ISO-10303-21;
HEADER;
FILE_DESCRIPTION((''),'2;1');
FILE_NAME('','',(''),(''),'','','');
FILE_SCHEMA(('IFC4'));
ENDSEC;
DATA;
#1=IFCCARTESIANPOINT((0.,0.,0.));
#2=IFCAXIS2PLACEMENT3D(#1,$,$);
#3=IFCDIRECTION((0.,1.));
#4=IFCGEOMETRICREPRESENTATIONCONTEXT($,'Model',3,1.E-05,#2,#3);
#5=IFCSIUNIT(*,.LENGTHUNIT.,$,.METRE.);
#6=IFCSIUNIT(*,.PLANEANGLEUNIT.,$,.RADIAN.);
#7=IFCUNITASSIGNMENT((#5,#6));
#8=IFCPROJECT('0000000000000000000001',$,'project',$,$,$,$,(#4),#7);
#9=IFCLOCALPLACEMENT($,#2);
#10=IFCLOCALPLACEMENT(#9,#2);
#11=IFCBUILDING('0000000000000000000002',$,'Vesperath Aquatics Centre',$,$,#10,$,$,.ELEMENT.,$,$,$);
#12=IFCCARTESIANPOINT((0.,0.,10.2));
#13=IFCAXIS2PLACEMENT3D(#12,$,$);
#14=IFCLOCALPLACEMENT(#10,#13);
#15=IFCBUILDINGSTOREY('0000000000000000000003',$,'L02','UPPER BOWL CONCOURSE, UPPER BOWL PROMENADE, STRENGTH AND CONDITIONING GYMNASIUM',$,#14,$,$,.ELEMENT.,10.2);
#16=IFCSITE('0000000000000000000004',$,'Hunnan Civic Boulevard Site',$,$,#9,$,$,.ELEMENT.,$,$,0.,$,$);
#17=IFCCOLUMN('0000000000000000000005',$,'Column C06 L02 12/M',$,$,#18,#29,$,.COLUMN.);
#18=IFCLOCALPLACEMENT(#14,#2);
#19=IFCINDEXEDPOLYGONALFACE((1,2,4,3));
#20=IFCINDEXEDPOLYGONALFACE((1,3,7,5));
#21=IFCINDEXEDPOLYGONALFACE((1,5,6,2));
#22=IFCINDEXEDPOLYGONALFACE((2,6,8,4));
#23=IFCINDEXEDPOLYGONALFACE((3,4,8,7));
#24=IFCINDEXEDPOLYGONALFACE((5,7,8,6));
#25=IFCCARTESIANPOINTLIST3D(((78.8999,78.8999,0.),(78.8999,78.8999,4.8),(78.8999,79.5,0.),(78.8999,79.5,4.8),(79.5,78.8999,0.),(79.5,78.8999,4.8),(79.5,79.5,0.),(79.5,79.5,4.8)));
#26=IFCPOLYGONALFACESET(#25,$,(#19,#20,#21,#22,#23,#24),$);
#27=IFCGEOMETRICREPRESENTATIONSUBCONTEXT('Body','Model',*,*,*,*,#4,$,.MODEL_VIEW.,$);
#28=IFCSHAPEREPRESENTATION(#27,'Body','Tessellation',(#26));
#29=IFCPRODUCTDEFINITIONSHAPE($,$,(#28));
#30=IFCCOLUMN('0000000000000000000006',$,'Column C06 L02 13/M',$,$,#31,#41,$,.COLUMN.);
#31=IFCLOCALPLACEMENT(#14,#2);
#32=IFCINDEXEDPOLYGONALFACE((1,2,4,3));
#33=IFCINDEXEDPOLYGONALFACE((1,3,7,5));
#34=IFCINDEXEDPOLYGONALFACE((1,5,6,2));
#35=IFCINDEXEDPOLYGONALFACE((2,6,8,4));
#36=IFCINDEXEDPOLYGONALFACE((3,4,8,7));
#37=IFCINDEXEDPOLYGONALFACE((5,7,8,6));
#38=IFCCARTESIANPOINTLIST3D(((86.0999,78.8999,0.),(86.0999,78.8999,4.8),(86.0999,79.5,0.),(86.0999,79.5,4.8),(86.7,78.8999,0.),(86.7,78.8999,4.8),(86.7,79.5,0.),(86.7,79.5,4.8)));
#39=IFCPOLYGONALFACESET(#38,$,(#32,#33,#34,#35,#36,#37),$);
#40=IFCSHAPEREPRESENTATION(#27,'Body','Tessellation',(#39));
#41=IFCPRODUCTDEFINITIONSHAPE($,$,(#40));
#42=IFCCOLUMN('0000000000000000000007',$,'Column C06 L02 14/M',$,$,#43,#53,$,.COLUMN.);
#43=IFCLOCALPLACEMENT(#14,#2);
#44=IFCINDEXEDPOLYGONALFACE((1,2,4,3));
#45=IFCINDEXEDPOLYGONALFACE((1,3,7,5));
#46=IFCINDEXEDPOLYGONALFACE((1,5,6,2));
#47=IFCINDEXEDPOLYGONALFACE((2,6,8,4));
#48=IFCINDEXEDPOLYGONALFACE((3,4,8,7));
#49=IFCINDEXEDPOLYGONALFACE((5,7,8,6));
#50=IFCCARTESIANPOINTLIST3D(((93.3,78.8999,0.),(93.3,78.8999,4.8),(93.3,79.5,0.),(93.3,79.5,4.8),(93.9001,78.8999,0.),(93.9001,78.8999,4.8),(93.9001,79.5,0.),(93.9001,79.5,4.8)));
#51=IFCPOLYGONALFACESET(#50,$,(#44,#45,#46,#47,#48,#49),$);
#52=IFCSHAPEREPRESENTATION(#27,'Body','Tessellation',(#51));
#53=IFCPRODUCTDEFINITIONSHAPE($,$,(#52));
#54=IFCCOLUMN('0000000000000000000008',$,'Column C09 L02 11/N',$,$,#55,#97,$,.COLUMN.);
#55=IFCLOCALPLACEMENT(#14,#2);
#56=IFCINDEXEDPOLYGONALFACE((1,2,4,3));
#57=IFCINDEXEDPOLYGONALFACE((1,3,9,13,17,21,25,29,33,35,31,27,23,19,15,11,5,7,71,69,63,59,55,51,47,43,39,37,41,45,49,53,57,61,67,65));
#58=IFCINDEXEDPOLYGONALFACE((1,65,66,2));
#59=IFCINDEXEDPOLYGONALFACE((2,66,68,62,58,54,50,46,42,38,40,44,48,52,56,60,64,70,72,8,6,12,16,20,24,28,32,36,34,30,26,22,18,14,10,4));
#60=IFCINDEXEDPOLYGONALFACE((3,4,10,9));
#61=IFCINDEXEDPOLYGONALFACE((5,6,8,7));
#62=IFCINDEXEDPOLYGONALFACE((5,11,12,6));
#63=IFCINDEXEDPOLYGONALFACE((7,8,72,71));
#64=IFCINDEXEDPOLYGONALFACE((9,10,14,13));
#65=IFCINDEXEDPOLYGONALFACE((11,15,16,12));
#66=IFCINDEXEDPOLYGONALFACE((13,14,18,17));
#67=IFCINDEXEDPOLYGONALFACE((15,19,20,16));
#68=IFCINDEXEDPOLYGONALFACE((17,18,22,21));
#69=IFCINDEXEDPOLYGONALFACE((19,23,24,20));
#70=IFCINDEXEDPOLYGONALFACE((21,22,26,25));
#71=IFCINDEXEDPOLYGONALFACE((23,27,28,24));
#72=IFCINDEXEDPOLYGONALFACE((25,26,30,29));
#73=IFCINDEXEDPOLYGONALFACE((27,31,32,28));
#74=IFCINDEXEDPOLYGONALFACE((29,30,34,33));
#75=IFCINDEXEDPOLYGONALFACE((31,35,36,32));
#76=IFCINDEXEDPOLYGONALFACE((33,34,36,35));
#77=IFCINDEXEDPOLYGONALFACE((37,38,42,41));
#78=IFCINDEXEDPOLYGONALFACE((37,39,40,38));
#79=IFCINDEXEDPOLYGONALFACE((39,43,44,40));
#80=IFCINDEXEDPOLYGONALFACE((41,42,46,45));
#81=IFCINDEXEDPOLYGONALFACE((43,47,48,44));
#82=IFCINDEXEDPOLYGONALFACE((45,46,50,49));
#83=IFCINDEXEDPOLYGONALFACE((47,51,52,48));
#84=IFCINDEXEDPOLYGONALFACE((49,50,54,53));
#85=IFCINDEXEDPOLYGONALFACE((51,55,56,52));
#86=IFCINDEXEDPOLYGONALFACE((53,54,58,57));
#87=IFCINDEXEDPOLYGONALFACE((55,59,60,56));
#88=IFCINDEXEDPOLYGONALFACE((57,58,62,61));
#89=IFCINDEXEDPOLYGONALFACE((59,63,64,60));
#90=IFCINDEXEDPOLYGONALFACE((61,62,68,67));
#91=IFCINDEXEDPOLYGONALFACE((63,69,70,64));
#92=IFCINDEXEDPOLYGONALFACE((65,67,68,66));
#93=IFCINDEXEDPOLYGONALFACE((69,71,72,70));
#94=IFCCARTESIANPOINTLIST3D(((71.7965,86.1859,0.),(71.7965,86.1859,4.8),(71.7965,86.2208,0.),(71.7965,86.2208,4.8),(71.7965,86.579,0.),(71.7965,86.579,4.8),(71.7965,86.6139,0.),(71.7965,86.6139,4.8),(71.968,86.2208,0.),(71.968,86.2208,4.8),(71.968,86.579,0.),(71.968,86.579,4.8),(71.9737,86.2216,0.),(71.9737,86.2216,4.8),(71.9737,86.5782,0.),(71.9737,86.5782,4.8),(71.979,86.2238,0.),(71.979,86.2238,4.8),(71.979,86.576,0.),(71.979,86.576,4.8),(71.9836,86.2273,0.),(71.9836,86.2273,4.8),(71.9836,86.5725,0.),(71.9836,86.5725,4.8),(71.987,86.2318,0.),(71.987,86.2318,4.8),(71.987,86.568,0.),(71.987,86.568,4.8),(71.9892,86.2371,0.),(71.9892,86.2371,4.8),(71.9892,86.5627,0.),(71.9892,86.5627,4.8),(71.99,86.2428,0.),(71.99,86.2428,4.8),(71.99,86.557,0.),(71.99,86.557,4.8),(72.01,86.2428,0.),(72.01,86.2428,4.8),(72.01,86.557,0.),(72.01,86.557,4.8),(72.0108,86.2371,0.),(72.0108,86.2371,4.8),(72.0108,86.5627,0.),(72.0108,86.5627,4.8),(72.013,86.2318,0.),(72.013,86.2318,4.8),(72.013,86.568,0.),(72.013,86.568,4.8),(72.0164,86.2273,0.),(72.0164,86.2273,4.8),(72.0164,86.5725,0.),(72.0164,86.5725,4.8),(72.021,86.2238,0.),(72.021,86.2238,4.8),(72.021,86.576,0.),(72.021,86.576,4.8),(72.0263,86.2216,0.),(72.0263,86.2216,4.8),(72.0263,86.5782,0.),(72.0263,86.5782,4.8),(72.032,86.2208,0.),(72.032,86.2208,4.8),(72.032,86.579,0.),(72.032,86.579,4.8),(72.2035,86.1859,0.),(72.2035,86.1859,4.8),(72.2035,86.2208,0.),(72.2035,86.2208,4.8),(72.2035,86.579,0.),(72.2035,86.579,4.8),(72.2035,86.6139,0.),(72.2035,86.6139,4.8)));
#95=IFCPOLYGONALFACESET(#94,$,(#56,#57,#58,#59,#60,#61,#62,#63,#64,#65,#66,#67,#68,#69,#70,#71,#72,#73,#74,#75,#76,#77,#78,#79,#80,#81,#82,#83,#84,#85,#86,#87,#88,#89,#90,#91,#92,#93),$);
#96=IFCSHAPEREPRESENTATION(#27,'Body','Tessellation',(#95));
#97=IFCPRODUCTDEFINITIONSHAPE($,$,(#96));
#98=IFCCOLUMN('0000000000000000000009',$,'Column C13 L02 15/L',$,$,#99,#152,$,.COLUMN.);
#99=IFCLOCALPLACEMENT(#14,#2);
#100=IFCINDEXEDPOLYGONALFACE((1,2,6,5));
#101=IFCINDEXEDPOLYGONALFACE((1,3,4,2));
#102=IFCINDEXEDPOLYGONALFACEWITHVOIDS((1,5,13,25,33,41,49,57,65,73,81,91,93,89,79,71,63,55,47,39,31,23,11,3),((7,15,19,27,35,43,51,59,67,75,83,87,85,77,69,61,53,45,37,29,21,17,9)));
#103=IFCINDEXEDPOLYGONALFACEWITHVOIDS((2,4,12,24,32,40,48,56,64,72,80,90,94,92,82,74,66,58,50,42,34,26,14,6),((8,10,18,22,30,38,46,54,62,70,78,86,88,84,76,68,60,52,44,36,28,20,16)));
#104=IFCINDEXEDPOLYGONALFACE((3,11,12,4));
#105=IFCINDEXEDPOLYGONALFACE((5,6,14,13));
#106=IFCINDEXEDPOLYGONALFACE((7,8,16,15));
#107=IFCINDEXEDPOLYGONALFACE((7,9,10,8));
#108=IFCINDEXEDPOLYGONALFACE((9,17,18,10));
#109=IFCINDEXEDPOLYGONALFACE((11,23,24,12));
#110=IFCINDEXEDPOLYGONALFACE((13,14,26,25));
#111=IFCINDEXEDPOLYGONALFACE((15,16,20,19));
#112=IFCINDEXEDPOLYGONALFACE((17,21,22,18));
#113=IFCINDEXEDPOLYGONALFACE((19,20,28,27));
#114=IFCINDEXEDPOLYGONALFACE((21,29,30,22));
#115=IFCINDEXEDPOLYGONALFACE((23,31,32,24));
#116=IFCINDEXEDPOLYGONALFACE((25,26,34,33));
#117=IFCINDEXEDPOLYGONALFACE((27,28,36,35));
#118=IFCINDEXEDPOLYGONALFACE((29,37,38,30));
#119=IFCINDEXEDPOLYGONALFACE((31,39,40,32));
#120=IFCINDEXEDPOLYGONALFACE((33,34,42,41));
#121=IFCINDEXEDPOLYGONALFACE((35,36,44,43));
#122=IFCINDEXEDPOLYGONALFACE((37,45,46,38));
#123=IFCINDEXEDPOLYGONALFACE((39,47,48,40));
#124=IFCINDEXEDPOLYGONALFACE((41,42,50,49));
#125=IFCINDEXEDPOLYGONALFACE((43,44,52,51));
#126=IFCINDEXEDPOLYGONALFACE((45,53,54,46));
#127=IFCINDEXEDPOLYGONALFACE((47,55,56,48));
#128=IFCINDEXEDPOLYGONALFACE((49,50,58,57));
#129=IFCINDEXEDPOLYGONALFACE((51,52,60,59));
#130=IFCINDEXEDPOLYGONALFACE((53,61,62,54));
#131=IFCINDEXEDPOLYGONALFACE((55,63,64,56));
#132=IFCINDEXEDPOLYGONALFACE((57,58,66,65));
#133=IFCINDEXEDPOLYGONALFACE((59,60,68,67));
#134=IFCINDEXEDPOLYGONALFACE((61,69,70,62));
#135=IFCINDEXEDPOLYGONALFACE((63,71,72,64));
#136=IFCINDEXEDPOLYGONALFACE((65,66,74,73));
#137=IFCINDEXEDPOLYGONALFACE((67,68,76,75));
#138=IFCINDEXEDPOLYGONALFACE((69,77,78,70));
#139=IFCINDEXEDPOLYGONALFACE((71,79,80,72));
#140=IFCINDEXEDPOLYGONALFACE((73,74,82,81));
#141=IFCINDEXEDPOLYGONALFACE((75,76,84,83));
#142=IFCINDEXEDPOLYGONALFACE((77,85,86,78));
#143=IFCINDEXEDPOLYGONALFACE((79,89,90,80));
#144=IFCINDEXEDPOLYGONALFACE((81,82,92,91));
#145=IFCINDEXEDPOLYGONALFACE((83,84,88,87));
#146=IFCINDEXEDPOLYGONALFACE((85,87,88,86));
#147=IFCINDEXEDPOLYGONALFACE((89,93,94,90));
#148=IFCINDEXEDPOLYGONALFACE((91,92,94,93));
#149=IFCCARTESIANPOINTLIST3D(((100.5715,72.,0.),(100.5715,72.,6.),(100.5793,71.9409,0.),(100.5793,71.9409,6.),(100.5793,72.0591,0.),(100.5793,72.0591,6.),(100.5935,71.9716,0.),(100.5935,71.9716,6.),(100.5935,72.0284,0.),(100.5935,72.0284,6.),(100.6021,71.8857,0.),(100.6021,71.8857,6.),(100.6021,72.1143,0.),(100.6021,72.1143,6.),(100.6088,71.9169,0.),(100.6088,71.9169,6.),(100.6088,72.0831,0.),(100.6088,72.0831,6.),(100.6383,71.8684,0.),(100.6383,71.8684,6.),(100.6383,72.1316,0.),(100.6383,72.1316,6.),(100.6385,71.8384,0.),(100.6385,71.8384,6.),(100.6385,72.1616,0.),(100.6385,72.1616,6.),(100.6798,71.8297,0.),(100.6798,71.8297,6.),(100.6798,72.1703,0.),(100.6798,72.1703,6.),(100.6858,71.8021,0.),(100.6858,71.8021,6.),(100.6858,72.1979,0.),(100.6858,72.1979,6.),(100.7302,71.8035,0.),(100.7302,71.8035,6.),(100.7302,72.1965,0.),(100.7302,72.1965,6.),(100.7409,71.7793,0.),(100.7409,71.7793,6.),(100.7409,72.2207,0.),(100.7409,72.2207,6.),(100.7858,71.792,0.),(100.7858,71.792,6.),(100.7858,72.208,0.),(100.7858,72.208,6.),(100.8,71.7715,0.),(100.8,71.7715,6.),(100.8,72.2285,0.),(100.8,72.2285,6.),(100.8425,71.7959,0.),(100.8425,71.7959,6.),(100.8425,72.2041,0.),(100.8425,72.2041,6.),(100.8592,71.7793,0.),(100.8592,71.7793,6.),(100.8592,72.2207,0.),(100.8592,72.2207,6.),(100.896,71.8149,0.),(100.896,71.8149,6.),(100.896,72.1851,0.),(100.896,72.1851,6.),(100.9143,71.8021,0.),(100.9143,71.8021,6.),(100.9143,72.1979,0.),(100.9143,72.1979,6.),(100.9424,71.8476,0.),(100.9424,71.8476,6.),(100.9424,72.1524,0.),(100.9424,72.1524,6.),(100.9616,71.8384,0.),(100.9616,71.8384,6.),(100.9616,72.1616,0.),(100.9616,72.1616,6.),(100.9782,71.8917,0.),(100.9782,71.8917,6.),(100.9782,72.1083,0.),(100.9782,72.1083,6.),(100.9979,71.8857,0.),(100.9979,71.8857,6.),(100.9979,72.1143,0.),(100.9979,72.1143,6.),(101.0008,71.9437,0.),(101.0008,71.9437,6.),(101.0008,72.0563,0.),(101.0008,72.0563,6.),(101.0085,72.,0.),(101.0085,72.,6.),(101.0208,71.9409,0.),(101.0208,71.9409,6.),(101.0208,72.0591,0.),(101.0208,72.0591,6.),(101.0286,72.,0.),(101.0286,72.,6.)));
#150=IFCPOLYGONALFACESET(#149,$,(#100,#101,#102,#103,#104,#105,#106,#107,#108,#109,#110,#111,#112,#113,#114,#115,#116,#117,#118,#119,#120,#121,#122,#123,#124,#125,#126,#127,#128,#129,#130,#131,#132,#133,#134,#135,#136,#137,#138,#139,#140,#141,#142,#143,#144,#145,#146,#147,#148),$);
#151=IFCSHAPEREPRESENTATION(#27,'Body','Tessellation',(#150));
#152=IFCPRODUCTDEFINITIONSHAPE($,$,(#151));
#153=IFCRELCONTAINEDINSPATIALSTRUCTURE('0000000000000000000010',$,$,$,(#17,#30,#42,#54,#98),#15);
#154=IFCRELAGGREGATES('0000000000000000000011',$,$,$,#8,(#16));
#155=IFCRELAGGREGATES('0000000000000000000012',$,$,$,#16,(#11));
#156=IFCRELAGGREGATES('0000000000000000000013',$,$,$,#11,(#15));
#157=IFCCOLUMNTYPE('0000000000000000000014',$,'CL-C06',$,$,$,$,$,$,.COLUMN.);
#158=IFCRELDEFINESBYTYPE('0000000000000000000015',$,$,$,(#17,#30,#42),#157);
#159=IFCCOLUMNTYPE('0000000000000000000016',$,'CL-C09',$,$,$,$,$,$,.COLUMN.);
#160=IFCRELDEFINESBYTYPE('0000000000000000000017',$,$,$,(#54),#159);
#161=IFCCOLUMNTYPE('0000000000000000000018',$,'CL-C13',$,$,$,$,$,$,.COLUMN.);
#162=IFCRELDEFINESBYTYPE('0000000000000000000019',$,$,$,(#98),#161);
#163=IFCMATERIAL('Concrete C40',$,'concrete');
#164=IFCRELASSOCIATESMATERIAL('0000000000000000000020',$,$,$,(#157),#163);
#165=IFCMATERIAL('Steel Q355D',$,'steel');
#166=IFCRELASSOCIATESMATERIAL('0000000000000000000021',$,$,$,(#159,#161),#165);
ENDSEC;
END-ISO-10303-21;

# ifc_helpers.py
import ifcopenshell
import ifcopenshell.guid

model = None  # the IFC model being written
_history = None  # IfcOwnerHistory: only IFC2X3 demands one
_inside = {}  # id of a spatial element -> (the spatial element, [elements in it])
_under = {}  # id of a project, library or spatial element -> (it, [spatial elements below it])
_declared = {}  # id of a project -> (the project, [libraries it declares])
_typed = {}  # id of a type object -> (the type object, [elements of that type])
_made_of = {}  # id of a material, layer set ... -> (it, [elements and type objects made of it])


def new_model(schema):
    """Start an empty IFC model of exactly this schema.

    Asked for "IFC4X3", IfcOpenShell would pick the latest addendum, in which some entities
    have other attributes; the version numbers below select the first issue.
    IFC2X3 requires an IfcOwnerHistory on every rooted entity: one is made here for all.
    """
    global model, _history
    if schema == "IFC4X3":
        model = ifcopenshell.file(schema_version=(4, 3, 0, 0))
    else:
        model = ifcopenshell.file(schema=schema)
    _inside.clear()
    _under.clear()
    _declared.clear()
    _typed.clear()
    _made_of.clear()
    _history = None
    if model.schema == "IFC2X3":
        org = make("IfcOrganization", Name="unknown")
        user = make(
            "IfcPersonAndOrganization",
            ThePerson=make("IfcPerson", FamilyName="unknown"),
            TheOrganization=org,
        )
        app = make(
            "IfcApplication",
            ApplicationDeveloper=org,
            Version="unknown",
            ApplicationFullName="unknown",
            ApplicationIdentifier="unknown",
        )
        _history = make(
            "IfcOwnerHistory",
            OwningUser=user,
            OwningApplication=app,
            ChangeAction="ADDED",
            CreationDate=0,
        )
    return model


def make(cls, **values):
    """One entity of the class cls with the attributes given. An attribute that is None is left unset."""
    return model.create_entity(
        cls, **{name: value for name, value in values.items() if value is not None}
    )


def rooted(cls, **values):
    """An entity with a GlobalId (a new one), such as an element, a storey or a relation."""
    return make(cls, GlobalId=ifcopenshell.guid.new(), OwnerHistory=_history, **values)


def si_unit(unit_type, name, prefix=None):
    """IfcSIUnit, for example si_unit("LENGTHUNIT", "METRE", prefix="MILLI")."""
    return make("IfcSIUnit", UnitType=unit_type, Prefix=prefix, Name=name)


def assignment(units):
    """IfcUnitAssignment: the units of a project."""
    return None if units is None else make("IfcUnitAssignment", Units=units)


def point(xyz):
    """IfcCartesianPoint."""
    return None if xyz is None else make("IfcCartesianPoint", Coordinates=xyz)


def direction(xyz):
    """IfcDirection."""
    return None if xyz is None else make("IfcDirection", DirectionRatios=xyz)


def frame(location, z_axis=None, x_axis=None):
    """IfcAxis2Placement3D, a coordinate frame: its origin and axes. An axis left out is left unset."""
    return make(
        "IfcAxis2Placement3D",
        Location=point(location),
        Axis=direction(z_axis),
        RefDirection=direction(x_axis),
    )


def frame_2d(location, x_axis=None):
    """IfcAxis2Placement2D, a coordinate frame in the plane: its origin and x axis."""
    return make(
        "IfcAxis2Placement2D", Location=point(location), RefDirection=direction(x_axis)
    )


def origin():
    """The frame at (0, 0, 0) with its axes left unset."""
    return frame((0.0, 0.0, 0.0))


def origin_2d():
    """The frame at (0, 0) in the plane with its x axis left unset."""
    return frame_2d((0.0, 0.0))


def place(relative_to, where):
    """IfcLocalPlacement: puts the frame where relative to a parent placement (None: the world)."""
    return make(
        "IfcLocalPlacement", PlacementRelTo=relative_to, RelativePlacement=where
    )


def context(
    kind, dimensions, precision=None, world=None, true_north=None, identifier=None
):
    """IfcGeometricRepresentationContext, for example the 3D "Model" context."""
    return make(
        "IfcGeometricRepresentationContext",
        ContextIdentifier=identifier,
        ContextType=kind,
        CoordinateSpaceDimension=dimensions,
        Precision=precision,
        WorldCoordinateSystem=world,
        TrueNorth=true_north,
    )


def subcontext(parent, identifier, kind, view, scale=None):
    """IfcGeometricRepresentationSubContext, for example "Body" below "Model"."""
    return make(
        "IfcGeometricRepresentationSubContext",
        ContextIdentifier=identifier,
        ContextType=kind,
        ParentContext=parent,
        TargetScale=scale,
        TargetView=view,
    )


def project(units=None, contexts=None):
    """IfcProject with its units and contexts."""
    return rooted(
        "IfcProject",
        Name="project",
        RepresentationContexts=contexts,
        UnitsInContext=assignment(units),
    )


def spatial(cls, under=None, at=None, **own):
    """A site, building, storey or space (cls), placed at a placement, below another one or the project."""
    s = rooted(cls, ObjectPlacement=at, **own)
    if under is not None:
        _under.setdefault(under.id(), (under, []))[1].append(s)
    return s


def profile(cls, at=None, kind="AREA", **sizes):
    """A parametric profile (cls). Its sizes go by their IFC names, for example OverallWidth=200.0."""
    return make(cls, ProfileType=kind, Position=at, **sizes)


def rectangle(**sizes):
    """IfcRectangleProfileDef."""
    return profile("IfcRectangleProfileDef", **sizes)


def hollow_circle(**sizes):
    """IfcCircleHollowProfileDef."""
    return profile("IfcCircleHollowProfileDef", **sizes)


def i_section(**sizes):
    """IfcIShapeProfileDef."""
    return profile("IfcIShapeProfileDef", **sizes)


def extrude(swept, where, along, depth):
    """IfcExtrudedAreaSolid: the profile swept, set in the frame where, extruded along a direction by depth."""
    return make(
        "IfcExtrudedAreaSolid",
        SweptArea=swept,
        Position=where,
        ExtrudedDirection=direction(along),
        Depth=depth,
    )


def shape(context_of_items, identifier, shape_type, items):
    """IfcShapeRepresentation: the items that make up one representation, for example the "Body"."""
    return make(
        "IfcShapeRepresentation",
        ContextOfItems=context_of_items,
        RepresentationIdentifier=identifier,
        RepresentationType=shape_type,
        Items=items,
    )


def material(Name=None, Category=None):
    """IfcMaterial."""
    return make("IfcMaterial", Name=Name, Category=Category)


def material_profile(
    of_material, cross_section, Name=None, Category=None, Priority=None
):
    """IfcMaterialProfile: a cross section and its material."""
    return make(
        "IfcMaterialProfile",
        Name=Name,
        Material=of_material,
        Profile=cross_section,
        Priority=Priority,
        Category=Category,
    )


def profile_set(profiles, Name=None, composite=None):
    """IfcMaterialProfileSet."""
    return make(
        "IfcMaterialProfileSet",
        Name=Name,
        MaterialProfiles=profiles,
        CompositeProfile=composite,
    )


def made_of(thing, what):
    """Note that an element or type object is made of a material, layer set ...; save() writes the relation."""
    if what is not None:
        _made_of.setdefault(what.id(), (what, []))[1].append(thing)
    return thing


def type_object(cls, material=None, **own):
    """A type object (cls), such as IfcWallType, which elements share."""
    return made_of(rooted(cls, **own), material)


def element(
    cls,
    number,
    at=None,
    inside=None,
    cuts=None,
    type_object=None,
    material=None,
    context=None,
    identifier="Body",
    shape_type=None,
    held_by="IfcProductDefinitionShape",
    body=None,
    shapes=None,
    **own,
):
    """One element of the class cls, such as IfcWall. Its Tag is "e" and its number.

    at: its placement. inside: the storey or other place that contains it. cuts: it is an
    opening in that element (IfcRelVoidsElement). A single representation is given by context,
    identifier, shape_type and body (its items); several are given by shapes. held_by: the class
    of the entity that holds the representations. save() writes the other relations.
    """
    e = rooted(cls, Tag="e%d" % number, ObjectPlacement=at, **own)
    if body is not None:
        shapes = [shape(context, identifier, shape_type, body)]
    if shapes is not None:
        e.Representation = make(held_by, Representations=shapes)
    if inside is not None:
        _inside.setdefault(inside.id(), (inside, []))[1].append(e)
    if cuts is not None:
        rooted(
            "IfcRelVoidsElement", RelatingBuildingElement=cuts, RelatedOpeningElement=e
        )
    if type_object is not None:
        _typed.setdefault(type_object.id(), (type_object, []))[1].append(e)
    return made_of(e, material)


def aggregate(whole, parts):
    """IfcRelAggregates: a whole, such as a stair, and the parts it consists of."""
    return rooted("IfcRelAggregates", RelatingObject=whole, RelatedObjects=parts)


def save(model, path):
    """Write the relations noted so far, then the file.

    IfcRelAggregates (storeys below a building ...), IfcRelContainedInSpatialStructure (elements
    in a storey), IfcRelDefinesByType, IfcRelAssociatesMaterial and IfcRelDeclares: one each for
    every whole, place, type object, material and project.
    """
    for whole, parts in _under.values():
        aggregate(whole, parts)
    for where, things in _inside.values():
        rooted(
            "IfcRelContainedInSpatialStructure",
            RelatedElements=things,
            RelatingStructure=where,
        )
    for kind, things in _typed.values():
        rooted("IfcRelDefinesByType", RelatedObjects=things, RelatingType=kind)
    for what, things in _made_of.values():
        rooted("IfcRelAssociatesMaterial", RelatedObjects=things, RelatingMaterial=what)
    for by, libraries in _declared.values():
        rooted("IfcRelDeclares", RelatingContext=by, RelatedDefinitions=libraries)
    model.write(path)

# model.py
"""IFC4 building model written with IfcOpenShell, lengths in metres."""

from ifc_helpers import new_model, si_unit, direction, frame, origin, origin_2d, place, context, subcontext, project, spatial, rectangle, hollow_circle, i_section, extrude, material, material_profile, profile_set, type_object, element, save


model = new_model("IFC4")

# Units and contexts
model_context = context("Model", 3, precision=1e-05, world=origin(), true_north=direction((0.0, 1.0)))
body_context = subcontext(model_context, "Body", "Model", "MODEL_VIEW")
ifc_project = project(units=[si_unit("LENGTHUNIT", "METRE"), si_unit("PLANEANGLEUNIT", "RADIAN")], contexts=[model_context])

# Site, building, storey
site_placement = place(None, origin())
site = spatial("IfcSite", under=ifc_project, at=site_placement, Name="Hunnan Civic Boulevard Site", CompositionType="ELEMENT", RefElevation=0.0)
building_placement = place(site_placement, origin())
building = spatial("IfcBuilding", under=site, at=building_placement, Name="Vesperath Aquatics Centre", CompositionType="ELEMENT")
storey_placement = place(building_placement, frame((0.0, 0.0, 10.2)))
storey = spatial("IfcBuildingStorey", under=building, at=storey_placement, Name="L02", Description="UPPER BOWL CONCOURSE, UPPER BOWL PROMENADE, STRENGTH AND CONDITIONING GYMNASIUM", CompositionType="ELEMENT", Elevation=10.2)

# Columns
ifc_material_1 = material(Name="Concrete C40", Category="concrete")
ifc_material_profile_1 = material_profile(ifc_material_1, rectangle(XDim=0.6001, YDim=0.6001, at=origin_2d()), Name="RC 600x600")
ifc_profile_set_1 = profile_set([ifc_material_profile_1], Name="Concrete C40")
column_type_1 = type_object("IfcColumnType", Name="CL-C06", PredefinedType="COLUMN", material=ifc_profile_set_1)
for number, where, z_axis, x_axis, name in (
    (1, (79.2, 79.2, 0.0), (0.0, 0.0, 1.0), (1.0, 0.0, 0.0), "Column C06 L02 12/M"),
    (2, (86.3999, 79.2, 0.0), (0.0, 0.0, 1.0), (1.0, 0.0, 0.0), "Column C06 L02 13/M"),
    (3, (93.6001, 79.2, 0.0), (0.0, 0.0, 1.0), (1.0, 0.0, 0.0), "Column C06 L02 14/M"),
):
    element("IfcColumn", number, at=place(storey_placement, frame(where, z_axis=z_axis, x_axis=x_axis)), inside=storey, type_object=column_type_1, Name=name, PredefinedType="COLUMN", context=body_context, shape_type="SweptSolid", body=[
        extrude(rectangle(XDim=0.6001, YDim=0.6001, at=origin_2d()), origin(), (0.0, 0.0, 1.0), 4.8),
    ])
ifc_material_2 = material(Name="Steel Q355D", Category="steel")
ifc_material_profile_2 = material_profile(ifc_material_2, i_section(OverallWidth=0.407, OverallDepth=0.428, WebThickness=0.02, FlangeThickness=0.0349, FilletRadius=0.022, at=origin_2d()), Name="HW 428x407x20x35")
ifc_profile_set_2 = profile_set([ifc_material_profile_2], Name="Steel Q355D")
column_type_2 = type_object("IfcColumnType", Name="CL-C09", PredefinedType="COLUMN", material=ifc_profile_set_2)
column_placement = place(storey_placement, frame((72.0, 86.3999, 0.0), z_axis=(0.0, 0.0, 1.0), x_axis=(1.0, 0.0, 0.0)))
element("IfcColumn", 4, at=column_placement, inside=storey, type_object=column_type_2, Name="Column C09 L02 11/N", PredefinedType="COLUMN", context=body_context, shape_type="SweptSolid", body=[
    extrude(i_section(OverallWidth=0.407, OverallDepth=0.428, WebThickness=0.02, FlangeThickness=0.0349, FilletRadius=0.022, at=origin_2d()), origin(), (0.0, 0.0, 1.0), 4.8),
])
ifc_material_profile_3 = material_profile(ifc_material_2, hollow_circle(Radius=0.2285, WallThickness=0.02, at=origin_2d()), Name="CHS 457.0x20")
ifc_profile_set_3 = profile_set([ifc_material_profile_3], Name="Steel Q355D")
column_type_3 = type_object("IfcColumnType", Name="CL-C13", PredefinedType="COLUMN", material=ifc_profile_set_3)
for number, where, z_axis, x_axis, name in (
    (5, (100.8, 72.0, 0.0), (0.0, 0.0, 1.0), (1.0, 0.0, 0.0), "Column C13 L02 15/L"),
):
    element("IfcColumn", number, at=place(storey_placement, frame(where, z_axis=z_axis, x_axis=x_axis)), inside=storey, type_object=column_type_3, Name=name, PredefinedType="COLUMN", context=body_context, shape_type="SweptSolid", body=[
        extrude(hollow_circle(Radius=0.2285, WallThickness=0.02, at=origin_2d()), origin(), (0.0, 0.0, 1.0), 6.0),
    ])

save(model, "model.ifc")
